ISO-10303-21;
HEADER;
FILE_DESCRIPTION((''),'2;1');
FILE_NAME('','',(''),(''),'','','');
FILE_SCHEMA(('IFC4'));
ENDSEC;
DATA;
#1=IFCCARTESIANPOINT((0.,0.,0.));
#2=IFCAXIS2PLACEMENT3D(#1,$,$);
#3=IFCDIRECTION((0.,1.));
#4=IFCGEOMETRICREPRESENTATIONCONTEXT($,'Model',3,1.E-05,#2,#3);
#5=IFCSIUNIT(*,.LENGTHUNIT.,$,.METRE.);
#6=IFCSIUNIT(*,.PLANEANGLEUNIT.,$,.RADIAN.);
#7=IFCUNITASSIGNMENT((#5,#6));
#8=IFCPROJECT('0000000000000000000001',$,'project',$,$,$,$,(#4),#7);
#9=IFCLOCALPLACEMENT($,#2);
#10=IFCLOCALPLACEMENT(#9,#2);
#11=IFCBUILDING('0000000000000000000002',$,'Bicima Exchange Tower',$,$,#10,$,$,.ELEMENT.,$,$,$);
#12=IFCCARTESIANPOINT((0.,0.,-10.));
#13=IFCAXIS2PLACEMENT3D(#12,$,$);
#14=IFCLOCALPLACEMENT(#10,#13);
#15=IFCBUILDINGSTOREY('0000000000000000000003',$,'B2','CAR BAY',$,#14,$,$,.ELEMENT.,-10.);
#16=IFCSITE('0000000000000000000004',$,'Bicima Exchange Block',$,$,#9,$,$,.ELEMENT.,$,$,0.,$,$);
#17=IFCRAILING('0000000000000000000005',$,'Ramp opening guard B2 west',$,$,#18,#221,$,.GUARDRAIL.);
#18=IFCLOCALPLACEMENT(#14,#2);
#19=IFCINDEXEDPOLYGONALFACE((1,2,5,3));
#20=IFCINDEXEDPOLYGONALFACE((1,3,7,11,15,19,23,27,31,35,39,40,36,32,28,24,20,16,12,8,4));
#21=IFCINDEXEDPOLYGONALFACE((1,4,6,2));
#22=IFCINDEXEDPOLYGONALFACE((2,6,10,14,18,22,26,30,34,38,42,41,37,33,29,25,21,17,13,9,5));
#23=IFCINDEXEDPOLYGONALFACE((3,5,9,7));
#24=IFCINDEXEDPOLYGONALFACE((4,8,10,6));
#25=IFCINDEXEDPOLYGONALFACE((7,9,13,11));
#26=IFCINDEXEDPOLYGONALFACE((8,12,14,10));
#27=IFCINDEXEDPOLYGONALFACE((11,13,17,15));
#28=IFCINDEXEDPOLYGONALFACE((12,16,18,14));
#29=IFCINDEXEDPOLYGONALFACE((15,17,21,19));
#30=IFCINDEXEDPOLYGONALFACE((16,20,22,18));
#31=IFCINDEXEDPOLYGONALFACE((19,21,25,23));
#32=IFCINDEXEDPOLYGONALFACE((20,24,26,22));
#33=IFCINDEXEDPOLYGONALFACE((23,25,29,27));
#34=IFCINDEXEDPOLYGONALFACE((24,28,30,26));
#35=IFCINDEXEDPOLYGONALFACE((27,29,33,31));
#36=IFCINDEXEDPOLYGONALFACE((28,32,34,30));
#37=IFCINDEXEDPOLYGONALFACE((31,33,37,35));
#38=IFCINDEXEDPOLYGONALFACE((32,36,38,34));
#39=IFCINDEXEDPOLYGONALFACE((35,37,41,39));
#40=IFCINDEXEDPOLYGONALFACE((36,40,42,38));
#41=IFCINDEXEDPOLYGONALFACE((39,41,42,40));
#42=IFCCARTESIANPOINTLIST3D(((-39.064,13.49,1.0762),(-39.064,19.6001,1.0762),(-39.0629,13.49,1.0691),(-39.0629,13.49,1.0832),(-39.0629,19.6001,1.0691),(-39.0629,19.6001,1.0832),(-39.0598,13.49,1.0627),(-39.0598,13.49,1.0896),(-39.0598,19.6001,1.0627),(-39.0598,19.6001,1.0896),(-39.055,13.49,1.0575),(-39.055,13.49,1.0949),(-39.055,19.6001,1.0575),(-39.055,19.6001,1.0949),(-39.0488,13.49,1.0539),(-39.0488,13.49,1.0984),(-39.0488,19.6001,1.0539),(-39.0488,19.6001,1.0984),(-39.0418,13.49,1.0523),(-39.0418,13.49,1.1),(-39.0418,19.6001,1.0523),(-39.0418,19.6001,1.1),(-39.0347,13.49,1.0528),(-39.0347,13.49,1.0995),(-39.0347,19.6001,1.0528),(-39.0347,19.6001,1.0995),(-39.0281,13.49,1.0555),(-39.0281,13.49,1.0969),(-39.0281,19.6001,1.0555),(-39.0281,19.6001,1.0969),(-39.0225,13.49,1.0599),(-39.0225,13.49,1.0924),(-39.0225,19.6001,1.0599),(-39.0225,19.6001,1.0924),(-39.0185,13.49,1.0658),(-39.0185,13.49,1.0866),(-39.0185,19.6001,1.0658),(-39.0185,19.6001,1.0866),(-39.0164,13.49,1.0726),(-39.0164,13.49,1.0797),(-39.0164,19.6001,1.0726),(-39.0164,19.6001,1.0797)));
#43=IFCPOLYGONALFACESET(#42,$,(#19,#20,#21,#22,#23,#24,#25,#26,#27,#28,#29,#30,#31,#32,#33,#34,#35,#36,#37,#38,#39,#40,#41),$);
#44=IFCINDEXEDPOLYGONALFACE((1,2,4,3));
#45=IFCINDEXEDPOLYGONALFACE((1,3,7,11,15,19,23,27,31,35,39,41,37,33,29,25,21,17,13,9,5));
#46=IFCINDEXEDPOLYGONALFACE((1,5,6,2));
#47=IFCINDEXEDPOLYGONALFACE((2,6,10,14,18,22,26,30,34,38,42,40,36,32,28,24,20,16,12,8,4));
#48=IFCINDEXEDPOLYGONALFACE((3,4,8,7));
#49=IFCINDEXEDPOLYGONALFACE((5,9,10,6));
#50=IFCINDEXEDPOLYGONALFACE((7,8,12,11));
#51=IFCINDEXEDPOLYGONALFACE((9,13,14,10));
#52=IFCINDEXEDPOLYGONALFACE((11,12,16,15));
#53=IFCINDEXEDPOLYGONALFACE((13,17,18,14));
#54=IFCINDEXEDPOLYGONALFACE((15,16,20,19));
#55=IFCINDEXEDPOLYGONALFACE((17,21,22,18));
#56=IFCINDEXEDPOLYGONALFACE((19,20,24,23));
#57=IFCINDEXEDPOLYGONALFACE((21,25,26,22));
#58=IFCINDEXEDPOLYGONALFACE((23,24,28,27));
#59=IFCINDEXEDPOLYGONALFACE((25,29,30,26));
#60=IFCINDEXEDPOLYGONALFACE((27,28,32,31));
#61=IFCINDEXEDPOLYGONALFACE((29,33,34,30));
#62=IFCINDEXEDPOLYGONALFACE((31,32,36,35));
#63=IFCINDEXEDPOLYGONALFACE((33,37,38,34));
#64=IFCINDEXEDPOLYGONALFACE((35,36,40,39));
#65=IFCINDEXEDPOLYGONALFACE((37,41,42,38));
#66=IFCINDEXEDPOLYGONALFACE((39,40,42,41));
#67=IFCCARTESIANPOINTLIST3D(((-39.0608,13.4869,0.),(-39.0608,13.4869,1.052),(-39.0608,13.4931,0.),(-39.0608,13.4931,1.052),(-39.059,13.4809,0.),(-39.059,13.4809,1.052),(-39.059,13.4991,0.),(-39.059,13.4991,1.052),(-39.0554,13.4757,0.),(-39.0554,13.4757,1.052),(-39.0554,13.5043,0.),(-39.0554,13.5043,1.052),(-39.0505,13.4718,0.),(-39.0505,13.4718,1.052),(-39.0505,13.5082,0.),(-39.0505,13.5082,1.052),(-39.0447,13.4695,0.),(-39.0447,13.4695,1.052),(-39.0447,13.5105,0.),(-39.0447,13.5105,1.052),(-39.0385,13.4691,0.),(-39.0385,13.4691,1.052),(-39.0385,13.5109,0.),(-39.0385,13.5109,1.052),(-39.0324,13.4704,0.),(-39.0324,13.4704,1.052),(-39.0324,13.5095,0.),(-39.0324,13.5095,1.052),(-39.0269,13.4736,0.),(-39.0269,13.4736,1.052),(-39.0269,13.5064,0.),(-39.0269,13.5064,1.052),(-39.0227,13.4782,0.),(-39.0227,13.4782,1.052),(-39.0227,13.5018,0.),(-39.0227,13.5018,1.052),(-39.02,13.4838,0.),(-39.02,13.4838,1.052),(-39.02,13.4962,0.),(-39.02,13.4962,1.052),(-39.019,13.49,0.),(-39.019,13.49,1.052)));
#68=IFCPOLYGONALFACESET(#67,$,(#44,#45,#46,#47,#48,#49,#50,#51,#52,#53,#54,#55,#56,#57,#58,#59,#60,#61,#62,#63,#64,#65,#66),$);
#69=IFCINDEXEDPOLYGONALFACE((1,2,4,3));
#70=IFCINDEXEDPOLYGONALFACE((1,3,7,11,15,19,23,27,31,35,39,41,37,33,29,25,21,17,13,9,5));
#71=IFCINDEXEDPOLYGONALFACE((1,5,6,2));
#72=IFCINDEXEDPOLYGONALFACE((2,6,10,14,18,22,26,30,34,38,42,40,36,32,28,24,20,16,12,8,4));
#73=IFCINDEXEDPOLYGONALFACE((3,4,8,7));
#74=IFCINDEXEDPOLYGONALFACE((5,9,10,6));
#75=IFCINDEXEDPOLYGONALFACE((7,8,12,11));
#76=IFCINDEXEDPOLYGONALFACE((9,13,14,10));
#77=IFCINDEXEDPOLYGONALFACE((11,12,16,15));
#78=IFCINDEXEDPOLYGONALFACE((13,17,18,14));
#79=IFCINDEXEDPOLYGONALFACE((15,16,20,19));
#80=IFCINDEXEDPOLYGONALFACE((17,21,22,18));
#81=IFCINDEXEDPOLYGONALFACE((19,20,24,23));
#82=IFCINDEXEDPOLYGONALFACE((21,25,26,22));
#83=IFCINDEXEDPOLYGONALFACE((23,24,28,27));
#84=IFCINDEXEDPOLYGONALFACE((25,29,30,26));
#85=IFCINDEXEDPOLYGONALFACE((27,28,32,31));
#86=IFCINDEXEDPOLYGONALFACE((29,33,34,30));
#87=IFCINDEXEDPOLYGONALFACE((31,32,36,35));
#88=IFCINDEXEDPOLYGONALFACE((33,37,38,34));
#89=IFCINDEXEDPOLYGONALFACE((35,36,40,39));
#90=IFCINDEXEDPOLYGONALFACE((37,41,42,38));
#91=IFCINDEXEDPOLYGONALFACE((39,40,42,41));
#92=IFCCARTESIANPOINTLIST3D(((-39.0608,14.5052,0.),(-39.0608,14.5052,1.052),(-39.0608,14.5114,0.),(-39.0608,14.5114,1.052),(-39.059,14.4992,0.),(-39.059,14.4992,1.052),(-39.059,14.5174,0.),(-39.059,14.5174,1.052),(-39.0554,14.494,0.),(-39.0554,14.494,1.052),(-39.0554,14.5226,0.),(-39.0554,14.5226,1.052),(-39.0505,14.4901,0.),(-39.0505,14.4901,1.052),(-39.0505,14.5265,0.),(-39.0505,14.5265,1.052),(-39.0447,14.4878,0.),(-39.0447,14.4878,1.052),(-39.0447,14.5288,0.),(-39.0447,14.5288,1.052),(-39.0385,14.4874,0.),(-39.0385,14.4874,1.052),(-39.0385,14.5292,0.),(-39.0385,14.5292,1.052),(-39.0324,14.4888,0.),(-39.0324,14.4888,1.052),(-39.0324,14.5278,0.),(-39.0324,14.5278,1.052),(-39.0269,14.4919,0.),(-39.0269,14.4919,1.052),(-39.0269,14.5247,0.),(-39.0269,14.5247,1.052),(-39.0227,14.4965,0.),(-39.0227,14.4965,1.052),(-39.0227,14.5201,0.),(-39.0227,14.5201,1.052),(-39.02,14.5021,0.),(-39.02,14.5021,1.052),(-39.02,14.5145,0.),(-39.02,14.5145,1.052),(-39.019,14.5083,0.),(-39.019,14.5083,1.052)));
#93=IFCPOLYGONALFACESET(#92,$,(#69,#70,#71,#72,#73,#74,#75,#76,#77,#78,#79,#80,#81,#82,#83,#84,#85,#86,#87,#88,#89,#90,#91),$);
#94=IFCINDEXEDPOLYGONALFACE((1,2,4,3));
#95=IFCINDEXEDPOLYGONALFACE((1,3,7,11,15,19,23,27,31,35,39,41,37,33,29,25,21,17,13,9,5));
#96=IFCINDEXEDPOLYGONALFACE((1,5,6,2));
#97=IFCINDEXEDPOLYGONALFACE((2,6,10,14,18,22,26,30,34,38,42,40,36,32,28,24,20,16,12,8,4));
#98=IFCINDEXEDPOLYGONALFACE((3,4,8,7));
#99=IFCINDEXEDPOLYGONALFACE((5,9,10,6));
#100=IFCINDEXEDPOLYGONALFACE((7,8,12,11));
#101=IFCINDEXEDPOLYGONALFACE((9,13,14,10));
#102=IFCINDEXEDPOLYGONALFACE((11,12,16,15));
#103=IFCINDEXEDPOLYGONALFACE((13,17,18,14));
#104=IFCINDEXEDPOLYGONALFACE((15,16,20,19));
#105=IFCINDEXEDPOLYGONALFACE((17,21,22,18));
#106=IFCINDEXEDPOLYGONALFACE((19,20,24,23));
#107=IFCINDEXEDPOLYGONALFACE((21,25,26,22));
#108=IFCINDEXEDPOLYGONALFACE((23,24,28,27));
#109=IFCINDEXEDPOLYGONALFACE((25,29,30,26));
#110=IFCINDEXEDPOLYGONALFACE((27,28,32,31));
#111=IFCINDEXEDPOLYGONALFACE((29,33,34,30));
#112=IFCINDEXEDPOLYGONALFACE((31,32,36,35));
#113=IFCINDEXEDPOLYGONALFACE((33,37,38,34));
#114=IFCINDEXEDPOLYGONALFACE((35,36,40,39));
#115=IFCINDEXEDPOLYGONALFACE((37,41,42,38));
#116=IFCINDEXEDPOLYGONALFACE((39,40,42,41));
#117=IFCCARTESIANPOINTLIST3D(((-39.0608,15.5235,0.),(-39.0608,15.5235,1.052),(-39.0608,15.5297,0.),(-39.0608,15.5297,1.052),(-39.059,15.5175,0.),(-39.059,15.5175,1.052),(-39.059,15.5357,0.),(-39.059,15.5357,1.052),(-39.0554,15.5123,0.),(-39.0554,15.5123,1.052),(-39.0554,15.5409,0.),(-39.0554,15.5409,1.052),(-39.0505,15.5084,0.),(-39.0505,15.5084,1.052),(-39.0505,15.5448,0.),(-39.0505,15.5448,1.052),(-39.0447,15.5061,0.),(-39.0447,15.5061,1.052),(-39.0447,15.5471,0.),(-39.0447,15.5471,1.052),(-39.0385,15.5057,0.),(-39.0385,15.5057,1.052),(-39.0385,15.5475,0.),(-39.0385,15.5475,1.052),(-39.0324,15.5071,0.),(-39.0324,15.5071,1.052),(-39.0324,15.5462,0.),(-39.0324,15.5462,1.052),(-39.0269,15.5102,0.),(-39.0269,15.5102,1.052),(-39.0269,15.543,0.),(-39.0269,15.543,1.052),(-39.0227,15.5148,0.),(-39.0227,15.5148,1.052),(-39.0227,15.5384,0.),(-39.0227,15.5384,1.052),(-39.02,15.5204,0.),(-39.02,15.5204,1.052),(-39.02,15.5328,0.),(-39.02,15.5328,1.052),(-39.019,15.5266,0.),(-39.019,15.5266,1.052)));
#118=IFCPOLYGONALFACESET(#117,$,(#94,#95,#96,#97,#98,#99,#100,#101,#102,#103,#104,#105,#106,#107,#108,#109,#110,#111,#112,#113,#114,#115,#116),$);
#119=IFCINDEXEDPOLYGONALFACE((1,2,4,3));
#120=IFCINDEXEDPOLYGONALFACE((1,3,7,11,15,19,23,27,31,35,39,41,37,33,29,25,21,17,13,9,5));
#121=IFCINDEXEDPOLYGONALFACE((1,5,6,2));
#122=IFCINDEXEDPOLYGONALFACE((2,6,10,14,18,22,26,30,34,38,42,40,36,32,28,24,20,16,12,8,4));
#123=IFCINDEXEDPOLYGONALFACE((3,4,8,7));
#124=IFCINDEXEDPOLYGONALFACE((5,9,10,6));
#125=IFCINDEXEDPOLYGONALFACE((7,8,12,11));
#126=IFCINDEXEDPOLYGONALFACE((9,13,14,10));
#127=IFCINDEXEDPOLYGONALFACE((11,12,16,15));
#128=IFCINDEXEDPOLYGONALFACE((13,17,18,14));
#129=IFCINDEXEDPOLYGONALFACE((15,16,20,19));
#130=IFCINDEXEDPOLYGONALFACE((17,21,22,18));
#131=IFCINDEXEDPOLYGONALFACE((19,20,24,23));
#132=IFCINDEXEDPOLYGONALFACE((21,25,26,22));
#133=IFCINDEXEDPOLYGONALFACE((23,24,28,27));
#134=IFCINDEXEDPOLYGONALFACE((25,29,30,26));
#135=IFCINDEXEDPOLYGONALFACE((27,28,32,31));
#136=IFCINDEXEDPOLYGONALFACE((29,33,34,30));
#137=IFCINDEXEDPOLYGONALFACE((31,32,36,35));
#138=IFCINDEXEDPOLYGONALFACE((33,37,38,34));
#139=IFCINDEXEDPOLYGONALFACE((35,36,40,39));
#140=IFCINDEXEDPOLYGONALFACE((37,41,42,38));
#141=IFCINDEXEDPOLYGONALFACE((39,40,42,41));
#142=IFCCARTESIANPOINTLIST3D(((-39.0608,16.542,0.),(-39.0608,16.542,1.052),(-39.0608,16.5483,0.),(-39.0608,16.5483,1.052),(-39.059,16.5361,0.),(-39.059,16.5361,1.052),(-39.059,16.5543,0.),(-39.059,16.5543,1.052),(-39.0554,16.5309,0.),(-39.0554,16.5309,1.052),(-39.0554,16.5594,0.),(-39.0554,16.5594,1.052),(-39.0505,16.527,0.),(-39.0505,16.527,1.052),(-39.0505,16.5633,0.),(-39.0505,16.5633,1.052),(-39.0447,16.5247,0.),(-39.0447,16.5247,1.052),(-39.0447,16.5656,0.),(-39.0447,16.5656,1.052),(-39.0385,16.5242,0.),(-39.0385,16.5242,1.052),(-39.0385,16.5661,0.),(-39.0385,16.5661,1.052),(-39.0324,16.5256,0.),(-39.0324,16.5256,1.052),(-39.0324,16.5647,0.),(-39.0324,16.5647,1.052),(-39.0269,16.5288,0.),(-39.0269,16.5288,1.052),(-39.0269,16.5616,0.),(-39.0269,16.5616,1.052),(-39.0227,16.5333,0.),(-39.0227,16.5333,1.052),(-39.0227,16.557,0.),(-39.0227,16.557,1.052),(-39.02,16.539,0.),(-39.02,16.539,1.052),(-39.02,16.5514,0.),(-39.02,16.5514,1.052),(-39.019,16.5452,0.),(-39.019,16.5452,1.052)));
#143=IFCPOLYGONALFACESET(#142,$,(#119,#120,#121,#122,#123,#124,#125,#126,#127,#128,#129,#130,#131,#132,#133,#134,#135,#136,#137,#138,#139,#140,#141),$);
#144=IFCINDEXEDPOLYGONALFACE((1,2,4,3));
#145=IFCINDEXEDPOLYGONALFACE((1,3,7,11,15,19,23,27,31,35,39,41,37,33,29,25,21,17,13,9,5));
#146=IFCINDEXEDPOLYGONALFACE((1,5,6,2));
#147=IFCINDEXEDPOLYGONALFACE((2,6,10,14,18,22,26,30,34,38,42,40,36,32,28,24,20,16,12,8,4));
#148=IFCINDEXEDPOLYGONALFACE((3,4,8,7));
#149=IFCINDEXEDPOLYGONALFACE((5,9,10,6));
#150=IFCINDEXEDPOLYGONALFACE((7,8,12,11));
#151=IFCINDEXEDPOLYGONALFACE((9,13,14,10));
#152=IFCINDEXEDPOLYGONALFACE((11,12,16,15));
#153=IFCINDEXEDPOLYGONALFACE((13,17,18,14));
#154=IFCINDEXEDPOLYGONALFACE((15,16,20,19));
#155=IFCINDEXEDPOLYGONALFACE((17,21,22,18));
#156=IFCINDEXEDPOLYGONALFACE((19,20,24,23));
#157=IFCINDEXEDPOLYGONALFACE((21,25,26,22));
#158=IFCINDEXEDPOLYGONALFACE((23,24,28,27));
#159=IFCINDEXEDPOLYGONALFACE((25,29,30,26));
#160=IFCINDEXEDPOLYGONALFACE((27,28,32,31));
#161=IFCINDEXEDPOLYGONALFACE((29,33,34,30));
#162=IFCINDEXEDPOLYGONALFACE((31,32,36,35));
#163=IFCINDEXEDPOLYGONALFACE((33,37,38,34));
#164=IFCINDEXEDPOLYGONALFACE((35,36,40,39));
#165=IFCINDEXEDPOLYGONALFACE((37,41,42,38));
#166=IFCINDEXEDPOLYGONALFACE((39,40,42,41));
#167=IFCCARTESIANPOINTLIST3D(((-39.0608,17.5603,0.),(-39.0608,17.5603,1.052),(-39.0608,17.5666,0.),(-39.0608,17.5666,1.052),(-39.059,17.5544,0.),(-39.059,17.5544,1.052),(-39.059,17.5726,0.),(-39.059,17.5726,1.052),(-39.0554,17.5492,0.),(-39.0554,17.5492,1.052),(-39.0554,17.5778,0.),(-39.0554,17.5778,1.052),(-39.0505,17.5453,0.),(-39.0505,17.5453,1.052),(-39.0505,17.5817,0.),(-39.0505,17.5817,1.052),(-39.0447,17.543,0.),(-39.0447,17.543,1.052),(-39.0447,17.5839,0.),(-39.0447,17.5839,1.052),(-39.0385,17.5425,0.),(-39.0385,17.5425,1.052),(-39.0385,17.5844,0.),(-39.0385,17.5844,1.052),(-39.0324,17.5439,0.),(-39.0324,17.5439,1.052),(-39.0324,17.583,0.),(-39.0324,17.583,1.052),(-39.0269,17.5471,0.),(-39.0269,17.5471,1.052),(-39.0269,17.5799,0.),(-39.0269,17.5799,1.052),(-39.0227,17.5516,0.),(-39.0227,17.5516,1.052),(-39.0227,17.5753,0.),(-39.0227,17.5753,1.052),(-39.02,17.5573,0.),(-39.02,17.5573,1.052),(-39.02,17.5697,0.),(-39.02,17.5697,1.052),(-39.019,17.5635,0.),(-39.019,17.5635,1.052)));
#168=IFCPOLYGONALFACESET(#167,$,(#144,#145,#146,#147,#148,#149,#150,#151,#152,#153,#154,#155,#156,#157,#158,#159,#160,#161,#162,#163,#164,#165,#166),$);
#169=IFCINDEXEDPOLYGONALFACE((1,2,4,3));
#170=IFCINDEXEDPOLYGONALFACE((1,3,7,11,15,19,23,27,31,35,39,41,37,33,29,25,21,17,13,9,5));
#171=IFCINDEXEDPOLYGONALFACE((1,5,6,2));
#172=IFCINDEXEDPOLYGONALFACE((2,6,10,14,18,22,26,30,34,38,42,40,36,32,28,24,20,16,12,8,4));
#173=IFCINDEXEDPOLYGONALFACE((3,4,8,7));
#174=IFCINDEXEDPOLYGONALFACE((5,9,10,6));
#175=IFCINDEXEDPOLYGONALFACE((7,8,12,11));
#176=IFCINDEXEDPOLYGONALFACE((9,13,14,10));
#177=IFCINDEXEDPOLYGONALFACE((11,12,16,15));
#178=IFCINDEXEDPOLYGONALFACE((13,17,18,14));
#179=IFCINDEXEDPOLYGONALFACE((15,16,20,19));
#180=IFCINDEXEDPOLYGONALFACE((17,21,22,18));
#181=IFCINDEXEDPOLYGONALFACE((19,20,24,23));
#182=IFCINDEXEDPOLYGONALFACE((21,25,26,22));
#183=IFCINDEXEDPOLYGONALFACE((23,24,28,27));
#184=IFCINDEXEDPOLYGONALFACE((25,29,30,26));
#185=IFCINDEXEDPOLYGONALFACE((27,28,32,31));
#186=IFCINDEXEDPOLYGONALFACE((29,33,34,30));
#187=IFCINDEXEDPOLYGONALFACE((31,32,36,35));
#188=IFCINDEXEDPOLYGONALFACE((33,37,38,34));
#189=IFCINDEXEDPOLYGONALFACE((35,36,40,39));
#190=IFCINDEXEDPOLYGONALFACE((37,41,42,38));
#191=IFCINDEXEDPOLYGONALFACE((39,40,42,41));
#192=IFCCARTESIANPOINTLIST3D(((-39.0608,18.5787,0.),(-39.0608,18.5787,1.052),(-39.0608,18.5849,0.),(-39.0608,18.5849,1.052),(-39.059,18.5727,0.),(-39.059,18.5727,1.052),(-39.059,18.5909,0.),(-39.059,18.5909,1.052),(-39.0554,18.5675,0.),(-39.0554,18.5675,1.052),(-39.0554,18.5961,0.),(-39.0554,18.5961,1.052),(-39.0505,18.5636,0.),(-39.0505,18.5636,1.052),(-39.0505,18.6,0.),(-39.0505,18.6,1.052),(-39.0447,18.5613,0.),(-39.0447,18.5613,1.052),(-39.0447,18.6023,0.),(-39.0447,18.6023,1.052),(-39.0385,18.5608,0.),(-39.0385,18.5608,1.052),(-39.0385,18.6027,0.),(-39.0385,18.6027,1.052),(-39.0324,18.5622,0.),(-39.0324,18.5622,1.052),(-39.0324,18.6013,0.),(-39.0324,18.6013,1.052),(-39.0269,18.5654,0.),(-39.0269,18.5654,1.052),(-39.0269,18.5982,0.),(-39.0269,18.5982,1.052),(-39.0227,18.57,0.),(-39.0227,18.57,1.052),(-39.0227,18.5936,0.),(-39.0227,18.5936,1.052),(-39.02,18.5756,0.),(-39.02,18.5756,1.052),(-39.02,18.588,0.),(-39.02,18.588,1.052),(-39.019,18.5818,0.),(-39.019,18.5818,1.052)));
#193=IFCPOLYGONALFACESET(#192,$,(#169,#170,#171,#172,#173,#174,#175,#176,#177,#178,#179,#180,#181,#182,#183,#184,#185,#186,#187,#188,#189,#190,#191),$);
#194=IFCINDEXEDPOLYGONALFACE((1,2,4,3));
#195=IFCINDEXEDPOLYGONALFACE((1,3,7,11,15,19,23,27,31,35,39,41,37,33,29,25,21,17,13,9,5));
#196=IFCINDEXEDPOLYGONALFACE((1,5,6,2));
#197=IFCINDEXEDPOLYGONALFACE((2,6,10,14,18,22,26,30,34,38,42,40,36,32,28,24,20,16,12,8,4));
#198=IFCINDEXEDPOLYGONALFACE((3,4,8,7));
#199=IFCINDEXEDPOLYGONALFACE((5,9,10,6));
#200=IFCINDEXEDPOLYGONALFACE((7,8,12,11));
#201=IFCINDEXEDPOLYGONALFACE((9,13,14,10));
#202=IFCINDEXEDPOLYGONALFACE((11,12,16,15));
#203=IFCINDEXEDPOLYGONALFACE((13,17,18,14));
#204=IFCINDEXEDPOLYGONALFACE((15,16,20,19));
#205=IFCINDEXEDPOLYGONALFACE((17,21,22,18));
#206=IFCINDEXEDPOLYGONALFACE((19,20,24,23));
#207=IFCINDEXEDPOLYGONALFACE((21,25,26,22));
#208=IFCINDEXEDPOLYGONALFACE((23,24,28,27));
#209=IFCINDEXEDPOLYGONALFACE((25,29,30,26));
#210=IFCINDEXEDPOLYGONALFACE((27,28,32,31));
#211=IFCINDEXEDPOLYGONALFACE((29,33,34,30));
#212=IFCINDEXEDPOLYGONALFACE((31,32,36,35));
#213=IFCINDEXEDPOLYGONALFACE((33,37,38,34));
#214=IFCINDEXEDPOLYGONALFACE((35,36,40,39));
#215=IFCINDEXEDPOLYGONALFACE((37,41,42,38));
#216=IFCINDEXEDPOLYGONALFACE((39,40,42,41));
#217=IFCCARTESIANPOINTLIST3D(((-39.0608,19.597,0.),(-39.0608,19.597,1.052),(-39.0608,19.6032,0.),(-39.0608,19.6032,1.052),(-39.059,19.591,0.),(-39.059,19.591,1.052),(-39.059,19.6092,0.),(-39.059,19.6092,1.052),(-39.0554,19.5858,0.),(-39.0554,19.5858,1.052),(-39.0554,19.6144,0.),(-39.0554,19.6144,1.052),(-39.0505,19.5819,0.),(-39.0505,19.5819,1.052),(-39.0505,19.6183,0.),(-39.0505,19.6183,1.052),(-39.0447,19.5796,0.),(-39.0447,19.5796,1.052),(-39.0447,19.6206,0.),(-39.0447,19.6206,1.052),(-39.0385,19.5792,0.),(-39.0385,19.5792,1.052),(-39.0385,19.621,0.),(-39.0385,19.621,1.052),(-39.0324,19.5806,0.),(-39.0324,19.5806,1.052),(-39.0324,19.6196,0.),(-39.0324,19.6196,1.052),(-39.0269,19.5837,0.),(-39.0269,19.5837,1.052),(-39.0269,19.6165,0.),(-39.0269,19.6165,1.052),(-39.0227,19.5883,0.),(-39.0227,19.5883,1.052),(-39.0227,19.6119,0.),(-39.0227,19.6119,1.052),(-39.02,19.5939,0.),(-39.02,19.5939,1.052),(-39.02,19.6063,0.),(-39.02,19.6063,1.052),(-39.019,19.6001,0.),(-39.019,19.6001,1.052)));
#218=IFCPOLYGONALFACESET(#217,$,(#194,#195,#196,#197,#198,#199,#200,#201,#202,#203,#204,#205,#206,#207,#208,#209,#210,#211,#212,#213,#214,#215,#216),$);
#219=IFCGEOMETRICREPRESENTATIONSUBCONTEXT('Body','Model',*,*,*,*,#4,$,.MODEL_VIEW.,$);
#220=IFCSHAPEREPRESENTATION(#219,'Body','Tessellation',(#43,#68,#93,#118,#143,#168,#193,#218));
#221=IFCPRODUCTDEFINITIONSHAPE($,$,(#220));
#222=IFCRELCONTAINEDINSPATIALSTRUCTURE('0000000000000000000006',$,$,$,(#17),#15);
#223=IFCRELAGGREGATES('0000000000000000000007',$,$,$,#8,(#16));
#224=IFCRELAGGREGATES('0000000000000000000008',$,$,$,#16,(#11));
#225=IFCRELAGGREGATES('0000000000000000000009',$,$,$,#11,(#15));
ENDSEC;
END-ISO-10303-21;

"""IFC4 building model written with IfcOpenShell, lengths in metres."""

from ifc_helpers import new_model, si_unit, direction, frame, origin, origin_2d, place, context, subcontext, project, spatial, circle, extrude, element, save


model = new_model("IFC4")

# Units and contexts
model_context = context("Model", 3, precision=1e-05, world=origin(), true_north=direction((0.0, 1.0)))
body_context = subcontext(model_context, "Body", "Model", "MODEL_VIEW")
ifc_project = project(units=[si_unit("LENGTHUNIT", "METRE"), si_unit("PLANEANGLEUNIT", "RADIAN")], contexts=[model_context])

# Site, building, storey
site_placement = place(None, origin())
site = spatial("IfcSite", under=ifc_project, at=site_placement, Name="Bicima Exchange Block", CompositionType="ELEMENT", RefElevation=0.0)
building_placement = place(site_placement, origin())
building = spatial("IfcBuilding", under=site, at=building_placement, Name="Bicima Exchange Tower", CompositionType="ELEMENT")
storey_placement = place(building_placement, frame((0.0, 0.0, -10.0)))
storey = spatial("IfcBuildingStorey", under=building, at=storey_placement, Name="B2", Description="CAR BAY", CompositionType="ELEMENT", Elevation=-10.0)

# Railing
railing_1_placement = place(storey_placement, frame((-39.04, 13.49, 0.0)))
element("IfcRailing", 1, at=railing_1_placement, inside=storey, Name="Ramp opening guard B2 west", PredefinedType="GUARDRAIL", context=body_context, shape_type="SweptSolid", body=[
    extrude(circle(Radius=0.0239, at=origin_2d()), frame((0.0, 0.0, 1.0762), z_axis=(0.0, 1.0, 0.0), x_axis=(-1.0, 0.0, 0.0)), (0.0, 0.0, 1.0), 6.1101),
    extrude(circle(Radius=0.021, at=origin_2d()), origin(), (0.0, 0.0, 1.0), 1.052),
    extrude(circle(Radius=0.021, at=origin_2d()), frame((0.0, 1.0183, 0.0)), (0.0, 0.0, 1.0), 1.052),
    extrude(circle(Radius=0.021, at=origin_2d()), frame((0.0, 2.0366, 0.0)), (0.0, 0.0, 1.0), 1.052),
    extrude(circle(Radius=0.021, at=origin_2d()), frame((0.0, 3.0552, 0.0)), (0.0, 0.0, 1.0), 1.052),
    extrude(circle(Radius=0.021, at=origin_2d()), frame((0.0, 4.0735, 0.0)), (0.0, 0.0, 1.0), 1.052),
    extrude(circle(Radius=0.021, at=origin_2d()), frame((0.0, 5.0918, 0.0)), (0.0, 0.0, 1.0), 1.052),
    extrude(circle(Radius=0.021, at=origin_2d()), frame((0.0, 6.1101, 0.0)), (0.0, 0.0, 1.0), 1.052),
])

save(model, "model.ifc")
